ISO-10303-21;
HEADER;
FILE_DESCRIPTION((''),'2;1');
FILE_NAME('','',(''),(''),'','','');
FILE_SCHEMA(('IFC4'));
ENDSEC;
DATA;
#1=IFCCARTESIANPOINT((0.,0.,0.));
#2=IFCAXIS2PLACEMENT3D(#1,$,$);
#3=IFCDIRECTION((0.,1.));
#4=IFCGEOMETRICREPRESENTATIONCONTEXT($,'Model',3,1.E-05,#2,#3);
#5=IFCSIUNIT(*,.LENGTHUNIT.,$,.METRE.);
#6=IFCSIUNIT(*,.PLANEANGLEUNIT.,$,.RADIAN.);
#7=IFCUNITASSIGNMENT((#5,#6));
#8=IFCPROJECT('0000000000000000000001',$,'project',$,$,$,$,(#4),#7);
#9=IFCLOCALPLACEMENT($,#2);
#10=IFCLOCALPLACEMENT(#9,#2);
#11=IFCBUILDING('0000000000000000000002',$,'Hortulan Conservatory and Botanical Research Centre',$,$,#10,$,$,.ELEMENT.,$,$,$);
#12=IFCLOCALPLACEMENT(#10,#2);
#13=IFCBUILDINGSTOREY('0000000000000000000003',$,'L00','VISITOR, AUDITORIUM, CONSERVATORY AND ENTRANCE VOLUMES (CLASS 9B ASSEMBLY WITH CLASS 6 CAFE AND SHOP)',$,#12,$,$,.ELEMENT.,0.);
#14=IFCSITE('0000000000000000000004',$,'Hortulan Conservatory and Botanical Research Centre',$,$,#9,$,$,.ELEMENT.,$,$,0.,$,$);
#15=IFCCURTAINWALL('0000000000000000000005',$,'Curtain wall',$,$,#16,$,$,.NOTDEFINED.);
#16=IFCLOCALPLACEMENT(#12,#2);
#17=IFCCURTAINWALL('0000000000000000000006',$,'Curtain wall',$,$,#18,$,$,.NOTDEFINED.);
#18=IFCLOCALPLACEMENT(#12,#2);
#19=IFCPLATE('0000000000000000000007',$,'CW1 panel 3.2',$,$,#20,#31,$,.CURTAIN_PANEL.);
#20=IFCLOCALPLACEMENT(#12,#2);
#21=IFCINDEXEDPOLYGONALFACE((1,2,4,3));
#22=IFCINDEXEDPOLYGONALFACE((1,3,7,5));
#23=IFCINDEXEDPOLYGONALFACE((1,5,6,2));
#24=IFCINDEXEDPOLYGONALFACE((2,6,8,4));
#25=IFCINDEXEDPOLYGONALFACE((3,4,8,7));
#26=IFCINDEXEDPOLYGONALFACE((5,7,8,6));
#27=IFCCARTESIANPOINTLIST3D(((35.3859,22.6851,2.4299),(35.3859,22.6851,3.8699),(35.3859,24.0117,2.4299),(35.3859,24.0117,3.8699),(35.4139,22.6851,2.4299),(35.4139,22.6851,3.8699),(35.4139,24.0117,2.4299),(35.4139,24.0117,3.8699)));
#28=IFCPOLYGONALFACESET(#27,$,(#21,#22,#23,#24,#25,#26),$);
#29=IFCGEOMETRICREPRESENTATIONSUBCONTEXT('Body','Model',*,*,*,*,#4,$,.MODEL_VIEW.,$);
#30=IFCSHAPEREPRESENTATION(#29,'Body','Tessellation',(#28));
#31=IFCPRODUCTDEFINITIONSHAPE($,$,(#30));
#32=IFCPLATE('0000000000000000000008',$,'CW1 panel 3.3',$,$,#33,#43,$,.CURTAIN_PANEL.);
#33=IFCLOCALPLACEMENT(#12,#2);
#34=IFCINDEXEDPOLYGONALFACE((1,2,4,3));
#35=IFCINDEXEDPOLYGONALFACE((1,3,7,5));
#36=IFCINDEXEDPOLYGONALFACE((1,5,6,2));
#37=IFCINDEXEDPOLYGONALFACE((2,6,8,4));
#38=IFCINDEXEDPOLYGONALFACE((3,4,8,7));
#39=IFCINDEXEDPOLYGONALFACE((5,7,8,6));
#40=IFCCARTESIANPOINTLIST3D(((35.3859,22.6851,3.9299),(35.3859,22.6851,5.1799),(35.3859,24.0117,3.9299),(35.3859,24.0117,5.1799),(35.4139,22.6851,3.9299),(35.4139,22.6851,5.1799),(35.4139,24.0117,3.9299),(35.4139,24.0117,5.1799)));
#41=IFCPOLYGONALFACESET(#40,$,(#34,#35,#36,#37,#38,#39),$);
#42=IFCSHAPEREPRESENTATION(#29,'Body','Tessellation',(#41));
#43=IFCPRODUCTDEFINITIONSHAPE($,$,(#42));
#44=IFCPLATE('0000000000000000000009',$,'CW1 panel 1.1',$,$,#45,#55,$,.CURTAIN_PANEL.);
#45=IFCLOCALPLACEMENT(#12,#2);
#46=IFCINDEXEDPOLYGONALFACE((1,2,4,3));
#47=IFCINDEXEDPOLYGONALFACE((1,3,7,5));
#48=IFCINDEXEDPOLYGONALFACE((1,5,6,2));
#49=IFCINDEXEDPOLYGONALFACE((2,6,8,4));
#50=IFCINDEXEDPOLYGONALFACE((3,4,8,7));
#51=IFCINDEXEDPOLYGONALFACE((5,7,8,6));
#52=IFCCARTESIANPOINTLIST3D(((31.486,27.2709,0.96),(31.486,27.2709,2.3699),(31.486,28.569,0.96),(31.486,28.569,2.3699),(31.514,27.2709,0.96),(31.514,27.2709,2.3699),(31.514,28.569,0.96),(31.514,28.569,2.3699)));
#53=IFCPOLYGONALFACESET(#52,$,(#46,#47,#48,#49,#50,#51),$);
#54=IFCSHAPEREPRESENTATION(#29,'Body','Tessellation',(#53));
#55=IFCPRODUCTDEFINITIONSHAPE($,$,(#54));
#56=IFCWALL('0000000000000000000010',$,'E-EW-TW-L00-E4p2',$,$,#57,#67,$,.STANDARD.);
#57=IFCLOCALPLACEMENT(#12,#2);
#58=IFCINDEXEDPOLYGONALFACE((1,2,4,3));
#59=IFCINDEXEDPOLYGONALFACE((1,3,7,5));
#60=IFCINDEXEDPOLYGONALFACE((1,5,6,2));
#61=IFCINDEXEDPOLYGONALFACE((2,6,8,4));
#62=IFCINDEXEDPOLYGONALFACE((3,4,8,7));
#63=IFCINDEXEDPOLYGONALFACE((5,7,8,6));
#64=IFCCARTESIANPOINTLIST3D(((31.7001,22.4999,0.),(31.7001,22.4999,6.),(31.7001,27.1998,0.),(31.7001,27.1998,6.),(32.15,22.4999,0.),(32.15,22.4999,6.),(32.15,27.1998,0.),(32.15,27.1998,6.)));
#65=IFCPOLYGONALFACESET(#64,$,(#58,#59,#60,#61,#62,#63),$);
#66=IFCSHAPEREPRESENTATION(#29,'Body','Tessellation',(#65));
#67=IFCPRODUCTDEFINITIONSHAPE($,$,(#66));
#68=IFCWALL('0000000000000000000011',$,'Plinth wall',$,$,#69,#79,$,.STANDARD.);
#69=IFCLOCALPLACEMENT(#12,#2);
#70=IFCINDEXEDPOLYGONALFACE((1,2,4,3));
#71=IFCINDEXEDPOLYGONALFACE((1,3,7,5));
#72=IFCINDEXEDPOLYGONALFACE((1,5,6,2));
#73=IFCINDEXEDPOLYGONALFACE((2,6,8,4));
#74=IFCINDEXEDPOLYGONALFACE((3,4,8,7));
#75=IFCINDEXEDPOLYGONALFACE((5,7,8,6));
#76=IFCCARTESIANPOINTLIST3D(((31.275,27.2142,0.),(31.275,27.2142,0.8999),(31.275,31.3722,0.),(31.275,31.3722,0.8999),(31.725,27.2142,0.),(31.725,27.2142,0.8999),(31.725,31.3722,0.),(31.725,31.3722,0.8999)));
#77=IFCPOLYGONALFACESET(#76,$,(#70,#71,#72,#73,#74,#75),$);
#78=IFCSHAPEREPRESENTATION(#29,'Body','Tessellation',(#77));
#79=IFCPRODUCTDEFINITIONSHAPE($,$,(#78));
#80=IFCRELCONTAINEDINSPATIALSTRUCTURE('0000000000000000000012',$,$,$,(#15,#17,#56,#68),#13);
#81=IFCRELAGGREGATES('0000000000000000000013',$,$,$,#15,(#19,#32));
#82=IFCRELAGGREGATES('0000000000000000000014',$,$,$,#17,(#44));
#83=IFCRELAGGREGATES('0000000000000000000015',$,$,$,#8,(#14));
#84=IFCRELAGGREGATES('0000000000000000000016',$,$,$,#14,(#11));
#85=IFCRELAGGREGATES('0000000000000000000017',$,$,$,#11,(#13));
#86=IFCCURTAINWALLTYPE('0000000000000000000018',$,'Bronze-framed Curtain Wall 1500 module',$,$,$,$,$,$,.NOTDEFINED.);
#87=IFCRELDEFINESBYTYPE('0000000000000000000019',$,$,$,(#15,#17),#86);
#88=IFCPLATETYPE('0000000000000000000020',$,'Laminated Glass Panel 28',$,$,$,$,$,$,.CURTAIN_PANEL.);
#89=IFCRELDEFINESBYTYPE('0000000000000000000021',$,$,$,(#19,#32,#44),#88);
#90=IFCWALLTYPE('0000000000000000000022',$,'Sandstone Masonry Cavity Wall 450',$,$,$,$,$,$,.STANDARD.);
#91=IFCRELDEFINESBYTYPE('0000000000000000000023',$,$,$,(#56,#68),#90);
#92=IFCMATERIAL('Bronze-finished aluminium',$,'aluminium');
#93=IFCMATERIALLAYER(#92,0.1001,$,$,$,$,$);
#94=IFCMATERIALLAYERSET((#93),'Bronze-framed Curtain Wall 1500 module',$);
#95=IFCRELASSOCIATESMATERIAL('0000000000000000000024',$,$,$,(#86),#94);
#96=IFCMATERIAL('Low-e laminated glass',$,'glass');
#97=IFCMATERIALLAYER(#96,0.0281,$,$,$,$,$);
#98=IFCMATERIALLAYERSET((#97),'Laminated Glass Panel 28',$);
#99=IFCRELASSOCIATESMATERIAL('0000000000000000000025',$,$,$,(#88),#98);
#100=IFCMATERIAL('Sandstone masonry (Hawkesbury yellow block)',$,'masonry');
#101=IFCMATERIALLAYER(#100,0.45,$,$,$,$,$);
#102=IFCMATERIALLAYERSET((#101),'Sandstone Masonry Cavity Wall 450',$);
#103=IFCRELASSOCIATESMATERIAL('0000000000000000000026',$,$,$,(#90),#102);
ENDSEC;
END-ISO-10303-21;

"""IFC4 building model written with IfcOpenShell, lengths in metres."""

from ifc_helpers import new_model, si_unit, direction, frame, frame_2d, origin, origin_2d, place, context, subcontext, project, spatial, rectangle, extrude, material, layer, layer_set, type_object, element, aggregate, save


model = new_model("IFC4")

# Units and contexts
model_context = context("Model", 3, precision=1e-05, world=origin(), true_north=direction((0.0, 1.0)))
body_context = subcontext(model_context, "Body", "Model", "MODEL_VIEW")
ifc_project = project(units=[si_unit("LENGTHUNIT", "METRE"), si_unit("PLANEANGLEUNIT", "RADIAN")], contexts=[model_context])

# Site, building, storey
site_placement = place(None, origin())
site = spatial("IfcSite", under=ifc_project, at=site_placement, Name="Hortulan Conservatory and Botanical Research Centre", CompositionType="ELEMENT", RefElevation=0.0)
building_placement = place(site_placement, origin())
building = spatial("IfcBuilding", under=site, at=building_placement, Name="Hortulan Conservatory and Botanical Research Centre", CompositionType="ELEMENT")
storey_placement = place(building_placement, origin())
storey = spatial("IfcBuildingStorey", under=building, at=storey_placement, Name="L00", Description="VISITOR, AUDITORIUM, CONSERVATORY AND ENTRANCE VOLUMES (CLASS 9B ASSEMBLY WITH CLASS 6 CAFE AND SHOP)", CompositionType="ELEMENT", Elevation=0.0)

# Curtain walls
ifc_material_1 = material(Name="Bronze-finished aluminium", Category="aluminium")
ifc_layer_1 = layer(ifc_material_1, 0.1001)
ifc_layer_set_1 = layer_set([ifc_layer_1], Name="Bronze-framed Curtain Wall 1500 module")
curtain_wall_type = type_object("IfcCurtainWallType", Name="Bronze-framed Curtain Wall 1500 module", PredefinedType="NOTDEFINED", material=ifc_layer_set_1)
curtain_wall_1_placement = place(storey_placement, origin())
curtain_wall_1 = element("IfcCurtainWall", 1, at=curtain_wall_1_placement, inside=storey, type_object=curtain_wall_type, Name="Curtain wall", PredefinedType="NOTDEFINED")
curtain_wall_2_placement = place(storey_placement, origin())
curtain_wall_2 = element("IfcCurtainWall", 2, at=curtain_wall_2_placement, inside=storey, type_object=curtain_wall_type, Name="Curtain wall", PredefinedType="NOTDEFINED")

# Plates
ifc_material_2 = material(Name="Low-e laminated glass", Category="glass")
ifc_layer_2 = layer(ifc_material_2, 0.0281)
ifc_layer_set_2 = layer_set([ifc_layer_2], Name="Laminated Glass Panel 28")
plate_type = type_object("IfcPlateType", Name="Laminated Glass Panel 28", PredefinedType="CURTAIN_PANEL", material=ifc_layer_set_2)
plate_1_placement = place(storey_placement, frame((35.3999, 23.3484, 2.4299), z_axis=(0.0, 0.0, 1.0), x_axis=(0.0, -1.0, 0.0)))
plate_1 = element("IfcPlate", 3, at=plate_1_placement, type_object=plate_type, Name="CW1 panel 3.2", PredefinedType="CURTAIN_PANEL", context=body_context, shape_type="SweptSolid", body=[
    extrude(rectangle(XDim=1.3267, YDim=0.0281, at=origin_2d()), origin(), (0.0, 0.0, 1.0), 1.4399),
])
plate_2_placement = place(storey_placement, frame((35.3999, 23.3484, 3.9299), z_axis=(0.0, 0.0, 1.0), x_axis=(0.0, -1.0, 0.0)))
plate_2 = element("IfcPlate", 4, at=plate_2_placement, type_object=plate_type, Name="CW1 panel 3.3", PredefinedType="CURTAIN_PANEL", context=body_context, shape_type="SweptSolid", body=[
    extrude(rectangle(XDim=1.3267, YDim=0.0281, at=origin_2d()), origin(), (0.0, 0.0, 1.0), 1.25),
])
aggregate(curtain_wall_1, [plate_1, plate_2])
plate_3_placement = place(storey_placement, frame((31.5, 27.9199, 0.96), z_axis=(0.0, 0.0, 1.0), x_axis=(0.0, 1.0, 0.0)))
plate_3 = element("IfcPlate", 5, at=plate_3_placement, type_object=plate_type, Name="CW1 panel 1.1", PredefinedType="CURTAIN_PANEL", context=body_context, shape_type="SweptSolid", body=[
    extrude(rectangle(XDim=1.2981, YDim=0.0281, at=origin_2d()), origin(), (0.0, 0.0, 1.0), 1.4099),
])
aggregate(curtain_wall_2, [plate_3])

# Walls
ifc_material_3 = material(Name="Sandstone masonry (Hawkesbury yellow block)", Category="masonry")
ifc_layer_3 = layer(ifc_material_3, 0.45)
ifc_layer_set_3 = layer_set([ifc_layer_3], Name="Sandstone Masonry Cavity Wall 450")
wall_type = type_object("IfcWallType", Name="Sandstone Masonry Cavity Wall 450", PredefinedType="STANDARD", material=ifc_layer_set_3)
wall_1_placement = place(storey_placement, frame((31.925, 27.2, 0.0), z_axis=(0.0, 0.0, 1.0), x_axis=(0.0, -1.0, 0.0)))
element("IfcWall", 6, at=wall_1_placement, inside=storey, type_object=wall_type, Name="E-EW-TW-L00-E4p2", PredefinedType="STANDARD", context=body_context, shape_type="SweptSolid", body=[
    extrude(rectangle(XDim=4.7, YDim=0.45, at=frame_2d((2.3501, 0.0))), origin(), (0.0, 0.0, 1.0), 6.0),
])
wall_2_placement = place(storey_placement, frame((31.5, 27.2141, 0.0), z_axis=(0.0, 0.0, 1.0), x_axis=(0.0, 1.0, 0.0)))
element("IfcWall", 7, at=wall_2_placement, inside=storey, type_object=wall_type, Name="Plinth wall", PredefinedType="STANDARD", context=body_context, shape_type="SweptSolid", body=[
    extrude(rectangle(XDim=4.158, YDim=0.45, at=frame_2d((2.0791, 0.0))), origin(), (0.0, 0.0, 1.0), 0.8999),
])

save(model, "model.ifc")
